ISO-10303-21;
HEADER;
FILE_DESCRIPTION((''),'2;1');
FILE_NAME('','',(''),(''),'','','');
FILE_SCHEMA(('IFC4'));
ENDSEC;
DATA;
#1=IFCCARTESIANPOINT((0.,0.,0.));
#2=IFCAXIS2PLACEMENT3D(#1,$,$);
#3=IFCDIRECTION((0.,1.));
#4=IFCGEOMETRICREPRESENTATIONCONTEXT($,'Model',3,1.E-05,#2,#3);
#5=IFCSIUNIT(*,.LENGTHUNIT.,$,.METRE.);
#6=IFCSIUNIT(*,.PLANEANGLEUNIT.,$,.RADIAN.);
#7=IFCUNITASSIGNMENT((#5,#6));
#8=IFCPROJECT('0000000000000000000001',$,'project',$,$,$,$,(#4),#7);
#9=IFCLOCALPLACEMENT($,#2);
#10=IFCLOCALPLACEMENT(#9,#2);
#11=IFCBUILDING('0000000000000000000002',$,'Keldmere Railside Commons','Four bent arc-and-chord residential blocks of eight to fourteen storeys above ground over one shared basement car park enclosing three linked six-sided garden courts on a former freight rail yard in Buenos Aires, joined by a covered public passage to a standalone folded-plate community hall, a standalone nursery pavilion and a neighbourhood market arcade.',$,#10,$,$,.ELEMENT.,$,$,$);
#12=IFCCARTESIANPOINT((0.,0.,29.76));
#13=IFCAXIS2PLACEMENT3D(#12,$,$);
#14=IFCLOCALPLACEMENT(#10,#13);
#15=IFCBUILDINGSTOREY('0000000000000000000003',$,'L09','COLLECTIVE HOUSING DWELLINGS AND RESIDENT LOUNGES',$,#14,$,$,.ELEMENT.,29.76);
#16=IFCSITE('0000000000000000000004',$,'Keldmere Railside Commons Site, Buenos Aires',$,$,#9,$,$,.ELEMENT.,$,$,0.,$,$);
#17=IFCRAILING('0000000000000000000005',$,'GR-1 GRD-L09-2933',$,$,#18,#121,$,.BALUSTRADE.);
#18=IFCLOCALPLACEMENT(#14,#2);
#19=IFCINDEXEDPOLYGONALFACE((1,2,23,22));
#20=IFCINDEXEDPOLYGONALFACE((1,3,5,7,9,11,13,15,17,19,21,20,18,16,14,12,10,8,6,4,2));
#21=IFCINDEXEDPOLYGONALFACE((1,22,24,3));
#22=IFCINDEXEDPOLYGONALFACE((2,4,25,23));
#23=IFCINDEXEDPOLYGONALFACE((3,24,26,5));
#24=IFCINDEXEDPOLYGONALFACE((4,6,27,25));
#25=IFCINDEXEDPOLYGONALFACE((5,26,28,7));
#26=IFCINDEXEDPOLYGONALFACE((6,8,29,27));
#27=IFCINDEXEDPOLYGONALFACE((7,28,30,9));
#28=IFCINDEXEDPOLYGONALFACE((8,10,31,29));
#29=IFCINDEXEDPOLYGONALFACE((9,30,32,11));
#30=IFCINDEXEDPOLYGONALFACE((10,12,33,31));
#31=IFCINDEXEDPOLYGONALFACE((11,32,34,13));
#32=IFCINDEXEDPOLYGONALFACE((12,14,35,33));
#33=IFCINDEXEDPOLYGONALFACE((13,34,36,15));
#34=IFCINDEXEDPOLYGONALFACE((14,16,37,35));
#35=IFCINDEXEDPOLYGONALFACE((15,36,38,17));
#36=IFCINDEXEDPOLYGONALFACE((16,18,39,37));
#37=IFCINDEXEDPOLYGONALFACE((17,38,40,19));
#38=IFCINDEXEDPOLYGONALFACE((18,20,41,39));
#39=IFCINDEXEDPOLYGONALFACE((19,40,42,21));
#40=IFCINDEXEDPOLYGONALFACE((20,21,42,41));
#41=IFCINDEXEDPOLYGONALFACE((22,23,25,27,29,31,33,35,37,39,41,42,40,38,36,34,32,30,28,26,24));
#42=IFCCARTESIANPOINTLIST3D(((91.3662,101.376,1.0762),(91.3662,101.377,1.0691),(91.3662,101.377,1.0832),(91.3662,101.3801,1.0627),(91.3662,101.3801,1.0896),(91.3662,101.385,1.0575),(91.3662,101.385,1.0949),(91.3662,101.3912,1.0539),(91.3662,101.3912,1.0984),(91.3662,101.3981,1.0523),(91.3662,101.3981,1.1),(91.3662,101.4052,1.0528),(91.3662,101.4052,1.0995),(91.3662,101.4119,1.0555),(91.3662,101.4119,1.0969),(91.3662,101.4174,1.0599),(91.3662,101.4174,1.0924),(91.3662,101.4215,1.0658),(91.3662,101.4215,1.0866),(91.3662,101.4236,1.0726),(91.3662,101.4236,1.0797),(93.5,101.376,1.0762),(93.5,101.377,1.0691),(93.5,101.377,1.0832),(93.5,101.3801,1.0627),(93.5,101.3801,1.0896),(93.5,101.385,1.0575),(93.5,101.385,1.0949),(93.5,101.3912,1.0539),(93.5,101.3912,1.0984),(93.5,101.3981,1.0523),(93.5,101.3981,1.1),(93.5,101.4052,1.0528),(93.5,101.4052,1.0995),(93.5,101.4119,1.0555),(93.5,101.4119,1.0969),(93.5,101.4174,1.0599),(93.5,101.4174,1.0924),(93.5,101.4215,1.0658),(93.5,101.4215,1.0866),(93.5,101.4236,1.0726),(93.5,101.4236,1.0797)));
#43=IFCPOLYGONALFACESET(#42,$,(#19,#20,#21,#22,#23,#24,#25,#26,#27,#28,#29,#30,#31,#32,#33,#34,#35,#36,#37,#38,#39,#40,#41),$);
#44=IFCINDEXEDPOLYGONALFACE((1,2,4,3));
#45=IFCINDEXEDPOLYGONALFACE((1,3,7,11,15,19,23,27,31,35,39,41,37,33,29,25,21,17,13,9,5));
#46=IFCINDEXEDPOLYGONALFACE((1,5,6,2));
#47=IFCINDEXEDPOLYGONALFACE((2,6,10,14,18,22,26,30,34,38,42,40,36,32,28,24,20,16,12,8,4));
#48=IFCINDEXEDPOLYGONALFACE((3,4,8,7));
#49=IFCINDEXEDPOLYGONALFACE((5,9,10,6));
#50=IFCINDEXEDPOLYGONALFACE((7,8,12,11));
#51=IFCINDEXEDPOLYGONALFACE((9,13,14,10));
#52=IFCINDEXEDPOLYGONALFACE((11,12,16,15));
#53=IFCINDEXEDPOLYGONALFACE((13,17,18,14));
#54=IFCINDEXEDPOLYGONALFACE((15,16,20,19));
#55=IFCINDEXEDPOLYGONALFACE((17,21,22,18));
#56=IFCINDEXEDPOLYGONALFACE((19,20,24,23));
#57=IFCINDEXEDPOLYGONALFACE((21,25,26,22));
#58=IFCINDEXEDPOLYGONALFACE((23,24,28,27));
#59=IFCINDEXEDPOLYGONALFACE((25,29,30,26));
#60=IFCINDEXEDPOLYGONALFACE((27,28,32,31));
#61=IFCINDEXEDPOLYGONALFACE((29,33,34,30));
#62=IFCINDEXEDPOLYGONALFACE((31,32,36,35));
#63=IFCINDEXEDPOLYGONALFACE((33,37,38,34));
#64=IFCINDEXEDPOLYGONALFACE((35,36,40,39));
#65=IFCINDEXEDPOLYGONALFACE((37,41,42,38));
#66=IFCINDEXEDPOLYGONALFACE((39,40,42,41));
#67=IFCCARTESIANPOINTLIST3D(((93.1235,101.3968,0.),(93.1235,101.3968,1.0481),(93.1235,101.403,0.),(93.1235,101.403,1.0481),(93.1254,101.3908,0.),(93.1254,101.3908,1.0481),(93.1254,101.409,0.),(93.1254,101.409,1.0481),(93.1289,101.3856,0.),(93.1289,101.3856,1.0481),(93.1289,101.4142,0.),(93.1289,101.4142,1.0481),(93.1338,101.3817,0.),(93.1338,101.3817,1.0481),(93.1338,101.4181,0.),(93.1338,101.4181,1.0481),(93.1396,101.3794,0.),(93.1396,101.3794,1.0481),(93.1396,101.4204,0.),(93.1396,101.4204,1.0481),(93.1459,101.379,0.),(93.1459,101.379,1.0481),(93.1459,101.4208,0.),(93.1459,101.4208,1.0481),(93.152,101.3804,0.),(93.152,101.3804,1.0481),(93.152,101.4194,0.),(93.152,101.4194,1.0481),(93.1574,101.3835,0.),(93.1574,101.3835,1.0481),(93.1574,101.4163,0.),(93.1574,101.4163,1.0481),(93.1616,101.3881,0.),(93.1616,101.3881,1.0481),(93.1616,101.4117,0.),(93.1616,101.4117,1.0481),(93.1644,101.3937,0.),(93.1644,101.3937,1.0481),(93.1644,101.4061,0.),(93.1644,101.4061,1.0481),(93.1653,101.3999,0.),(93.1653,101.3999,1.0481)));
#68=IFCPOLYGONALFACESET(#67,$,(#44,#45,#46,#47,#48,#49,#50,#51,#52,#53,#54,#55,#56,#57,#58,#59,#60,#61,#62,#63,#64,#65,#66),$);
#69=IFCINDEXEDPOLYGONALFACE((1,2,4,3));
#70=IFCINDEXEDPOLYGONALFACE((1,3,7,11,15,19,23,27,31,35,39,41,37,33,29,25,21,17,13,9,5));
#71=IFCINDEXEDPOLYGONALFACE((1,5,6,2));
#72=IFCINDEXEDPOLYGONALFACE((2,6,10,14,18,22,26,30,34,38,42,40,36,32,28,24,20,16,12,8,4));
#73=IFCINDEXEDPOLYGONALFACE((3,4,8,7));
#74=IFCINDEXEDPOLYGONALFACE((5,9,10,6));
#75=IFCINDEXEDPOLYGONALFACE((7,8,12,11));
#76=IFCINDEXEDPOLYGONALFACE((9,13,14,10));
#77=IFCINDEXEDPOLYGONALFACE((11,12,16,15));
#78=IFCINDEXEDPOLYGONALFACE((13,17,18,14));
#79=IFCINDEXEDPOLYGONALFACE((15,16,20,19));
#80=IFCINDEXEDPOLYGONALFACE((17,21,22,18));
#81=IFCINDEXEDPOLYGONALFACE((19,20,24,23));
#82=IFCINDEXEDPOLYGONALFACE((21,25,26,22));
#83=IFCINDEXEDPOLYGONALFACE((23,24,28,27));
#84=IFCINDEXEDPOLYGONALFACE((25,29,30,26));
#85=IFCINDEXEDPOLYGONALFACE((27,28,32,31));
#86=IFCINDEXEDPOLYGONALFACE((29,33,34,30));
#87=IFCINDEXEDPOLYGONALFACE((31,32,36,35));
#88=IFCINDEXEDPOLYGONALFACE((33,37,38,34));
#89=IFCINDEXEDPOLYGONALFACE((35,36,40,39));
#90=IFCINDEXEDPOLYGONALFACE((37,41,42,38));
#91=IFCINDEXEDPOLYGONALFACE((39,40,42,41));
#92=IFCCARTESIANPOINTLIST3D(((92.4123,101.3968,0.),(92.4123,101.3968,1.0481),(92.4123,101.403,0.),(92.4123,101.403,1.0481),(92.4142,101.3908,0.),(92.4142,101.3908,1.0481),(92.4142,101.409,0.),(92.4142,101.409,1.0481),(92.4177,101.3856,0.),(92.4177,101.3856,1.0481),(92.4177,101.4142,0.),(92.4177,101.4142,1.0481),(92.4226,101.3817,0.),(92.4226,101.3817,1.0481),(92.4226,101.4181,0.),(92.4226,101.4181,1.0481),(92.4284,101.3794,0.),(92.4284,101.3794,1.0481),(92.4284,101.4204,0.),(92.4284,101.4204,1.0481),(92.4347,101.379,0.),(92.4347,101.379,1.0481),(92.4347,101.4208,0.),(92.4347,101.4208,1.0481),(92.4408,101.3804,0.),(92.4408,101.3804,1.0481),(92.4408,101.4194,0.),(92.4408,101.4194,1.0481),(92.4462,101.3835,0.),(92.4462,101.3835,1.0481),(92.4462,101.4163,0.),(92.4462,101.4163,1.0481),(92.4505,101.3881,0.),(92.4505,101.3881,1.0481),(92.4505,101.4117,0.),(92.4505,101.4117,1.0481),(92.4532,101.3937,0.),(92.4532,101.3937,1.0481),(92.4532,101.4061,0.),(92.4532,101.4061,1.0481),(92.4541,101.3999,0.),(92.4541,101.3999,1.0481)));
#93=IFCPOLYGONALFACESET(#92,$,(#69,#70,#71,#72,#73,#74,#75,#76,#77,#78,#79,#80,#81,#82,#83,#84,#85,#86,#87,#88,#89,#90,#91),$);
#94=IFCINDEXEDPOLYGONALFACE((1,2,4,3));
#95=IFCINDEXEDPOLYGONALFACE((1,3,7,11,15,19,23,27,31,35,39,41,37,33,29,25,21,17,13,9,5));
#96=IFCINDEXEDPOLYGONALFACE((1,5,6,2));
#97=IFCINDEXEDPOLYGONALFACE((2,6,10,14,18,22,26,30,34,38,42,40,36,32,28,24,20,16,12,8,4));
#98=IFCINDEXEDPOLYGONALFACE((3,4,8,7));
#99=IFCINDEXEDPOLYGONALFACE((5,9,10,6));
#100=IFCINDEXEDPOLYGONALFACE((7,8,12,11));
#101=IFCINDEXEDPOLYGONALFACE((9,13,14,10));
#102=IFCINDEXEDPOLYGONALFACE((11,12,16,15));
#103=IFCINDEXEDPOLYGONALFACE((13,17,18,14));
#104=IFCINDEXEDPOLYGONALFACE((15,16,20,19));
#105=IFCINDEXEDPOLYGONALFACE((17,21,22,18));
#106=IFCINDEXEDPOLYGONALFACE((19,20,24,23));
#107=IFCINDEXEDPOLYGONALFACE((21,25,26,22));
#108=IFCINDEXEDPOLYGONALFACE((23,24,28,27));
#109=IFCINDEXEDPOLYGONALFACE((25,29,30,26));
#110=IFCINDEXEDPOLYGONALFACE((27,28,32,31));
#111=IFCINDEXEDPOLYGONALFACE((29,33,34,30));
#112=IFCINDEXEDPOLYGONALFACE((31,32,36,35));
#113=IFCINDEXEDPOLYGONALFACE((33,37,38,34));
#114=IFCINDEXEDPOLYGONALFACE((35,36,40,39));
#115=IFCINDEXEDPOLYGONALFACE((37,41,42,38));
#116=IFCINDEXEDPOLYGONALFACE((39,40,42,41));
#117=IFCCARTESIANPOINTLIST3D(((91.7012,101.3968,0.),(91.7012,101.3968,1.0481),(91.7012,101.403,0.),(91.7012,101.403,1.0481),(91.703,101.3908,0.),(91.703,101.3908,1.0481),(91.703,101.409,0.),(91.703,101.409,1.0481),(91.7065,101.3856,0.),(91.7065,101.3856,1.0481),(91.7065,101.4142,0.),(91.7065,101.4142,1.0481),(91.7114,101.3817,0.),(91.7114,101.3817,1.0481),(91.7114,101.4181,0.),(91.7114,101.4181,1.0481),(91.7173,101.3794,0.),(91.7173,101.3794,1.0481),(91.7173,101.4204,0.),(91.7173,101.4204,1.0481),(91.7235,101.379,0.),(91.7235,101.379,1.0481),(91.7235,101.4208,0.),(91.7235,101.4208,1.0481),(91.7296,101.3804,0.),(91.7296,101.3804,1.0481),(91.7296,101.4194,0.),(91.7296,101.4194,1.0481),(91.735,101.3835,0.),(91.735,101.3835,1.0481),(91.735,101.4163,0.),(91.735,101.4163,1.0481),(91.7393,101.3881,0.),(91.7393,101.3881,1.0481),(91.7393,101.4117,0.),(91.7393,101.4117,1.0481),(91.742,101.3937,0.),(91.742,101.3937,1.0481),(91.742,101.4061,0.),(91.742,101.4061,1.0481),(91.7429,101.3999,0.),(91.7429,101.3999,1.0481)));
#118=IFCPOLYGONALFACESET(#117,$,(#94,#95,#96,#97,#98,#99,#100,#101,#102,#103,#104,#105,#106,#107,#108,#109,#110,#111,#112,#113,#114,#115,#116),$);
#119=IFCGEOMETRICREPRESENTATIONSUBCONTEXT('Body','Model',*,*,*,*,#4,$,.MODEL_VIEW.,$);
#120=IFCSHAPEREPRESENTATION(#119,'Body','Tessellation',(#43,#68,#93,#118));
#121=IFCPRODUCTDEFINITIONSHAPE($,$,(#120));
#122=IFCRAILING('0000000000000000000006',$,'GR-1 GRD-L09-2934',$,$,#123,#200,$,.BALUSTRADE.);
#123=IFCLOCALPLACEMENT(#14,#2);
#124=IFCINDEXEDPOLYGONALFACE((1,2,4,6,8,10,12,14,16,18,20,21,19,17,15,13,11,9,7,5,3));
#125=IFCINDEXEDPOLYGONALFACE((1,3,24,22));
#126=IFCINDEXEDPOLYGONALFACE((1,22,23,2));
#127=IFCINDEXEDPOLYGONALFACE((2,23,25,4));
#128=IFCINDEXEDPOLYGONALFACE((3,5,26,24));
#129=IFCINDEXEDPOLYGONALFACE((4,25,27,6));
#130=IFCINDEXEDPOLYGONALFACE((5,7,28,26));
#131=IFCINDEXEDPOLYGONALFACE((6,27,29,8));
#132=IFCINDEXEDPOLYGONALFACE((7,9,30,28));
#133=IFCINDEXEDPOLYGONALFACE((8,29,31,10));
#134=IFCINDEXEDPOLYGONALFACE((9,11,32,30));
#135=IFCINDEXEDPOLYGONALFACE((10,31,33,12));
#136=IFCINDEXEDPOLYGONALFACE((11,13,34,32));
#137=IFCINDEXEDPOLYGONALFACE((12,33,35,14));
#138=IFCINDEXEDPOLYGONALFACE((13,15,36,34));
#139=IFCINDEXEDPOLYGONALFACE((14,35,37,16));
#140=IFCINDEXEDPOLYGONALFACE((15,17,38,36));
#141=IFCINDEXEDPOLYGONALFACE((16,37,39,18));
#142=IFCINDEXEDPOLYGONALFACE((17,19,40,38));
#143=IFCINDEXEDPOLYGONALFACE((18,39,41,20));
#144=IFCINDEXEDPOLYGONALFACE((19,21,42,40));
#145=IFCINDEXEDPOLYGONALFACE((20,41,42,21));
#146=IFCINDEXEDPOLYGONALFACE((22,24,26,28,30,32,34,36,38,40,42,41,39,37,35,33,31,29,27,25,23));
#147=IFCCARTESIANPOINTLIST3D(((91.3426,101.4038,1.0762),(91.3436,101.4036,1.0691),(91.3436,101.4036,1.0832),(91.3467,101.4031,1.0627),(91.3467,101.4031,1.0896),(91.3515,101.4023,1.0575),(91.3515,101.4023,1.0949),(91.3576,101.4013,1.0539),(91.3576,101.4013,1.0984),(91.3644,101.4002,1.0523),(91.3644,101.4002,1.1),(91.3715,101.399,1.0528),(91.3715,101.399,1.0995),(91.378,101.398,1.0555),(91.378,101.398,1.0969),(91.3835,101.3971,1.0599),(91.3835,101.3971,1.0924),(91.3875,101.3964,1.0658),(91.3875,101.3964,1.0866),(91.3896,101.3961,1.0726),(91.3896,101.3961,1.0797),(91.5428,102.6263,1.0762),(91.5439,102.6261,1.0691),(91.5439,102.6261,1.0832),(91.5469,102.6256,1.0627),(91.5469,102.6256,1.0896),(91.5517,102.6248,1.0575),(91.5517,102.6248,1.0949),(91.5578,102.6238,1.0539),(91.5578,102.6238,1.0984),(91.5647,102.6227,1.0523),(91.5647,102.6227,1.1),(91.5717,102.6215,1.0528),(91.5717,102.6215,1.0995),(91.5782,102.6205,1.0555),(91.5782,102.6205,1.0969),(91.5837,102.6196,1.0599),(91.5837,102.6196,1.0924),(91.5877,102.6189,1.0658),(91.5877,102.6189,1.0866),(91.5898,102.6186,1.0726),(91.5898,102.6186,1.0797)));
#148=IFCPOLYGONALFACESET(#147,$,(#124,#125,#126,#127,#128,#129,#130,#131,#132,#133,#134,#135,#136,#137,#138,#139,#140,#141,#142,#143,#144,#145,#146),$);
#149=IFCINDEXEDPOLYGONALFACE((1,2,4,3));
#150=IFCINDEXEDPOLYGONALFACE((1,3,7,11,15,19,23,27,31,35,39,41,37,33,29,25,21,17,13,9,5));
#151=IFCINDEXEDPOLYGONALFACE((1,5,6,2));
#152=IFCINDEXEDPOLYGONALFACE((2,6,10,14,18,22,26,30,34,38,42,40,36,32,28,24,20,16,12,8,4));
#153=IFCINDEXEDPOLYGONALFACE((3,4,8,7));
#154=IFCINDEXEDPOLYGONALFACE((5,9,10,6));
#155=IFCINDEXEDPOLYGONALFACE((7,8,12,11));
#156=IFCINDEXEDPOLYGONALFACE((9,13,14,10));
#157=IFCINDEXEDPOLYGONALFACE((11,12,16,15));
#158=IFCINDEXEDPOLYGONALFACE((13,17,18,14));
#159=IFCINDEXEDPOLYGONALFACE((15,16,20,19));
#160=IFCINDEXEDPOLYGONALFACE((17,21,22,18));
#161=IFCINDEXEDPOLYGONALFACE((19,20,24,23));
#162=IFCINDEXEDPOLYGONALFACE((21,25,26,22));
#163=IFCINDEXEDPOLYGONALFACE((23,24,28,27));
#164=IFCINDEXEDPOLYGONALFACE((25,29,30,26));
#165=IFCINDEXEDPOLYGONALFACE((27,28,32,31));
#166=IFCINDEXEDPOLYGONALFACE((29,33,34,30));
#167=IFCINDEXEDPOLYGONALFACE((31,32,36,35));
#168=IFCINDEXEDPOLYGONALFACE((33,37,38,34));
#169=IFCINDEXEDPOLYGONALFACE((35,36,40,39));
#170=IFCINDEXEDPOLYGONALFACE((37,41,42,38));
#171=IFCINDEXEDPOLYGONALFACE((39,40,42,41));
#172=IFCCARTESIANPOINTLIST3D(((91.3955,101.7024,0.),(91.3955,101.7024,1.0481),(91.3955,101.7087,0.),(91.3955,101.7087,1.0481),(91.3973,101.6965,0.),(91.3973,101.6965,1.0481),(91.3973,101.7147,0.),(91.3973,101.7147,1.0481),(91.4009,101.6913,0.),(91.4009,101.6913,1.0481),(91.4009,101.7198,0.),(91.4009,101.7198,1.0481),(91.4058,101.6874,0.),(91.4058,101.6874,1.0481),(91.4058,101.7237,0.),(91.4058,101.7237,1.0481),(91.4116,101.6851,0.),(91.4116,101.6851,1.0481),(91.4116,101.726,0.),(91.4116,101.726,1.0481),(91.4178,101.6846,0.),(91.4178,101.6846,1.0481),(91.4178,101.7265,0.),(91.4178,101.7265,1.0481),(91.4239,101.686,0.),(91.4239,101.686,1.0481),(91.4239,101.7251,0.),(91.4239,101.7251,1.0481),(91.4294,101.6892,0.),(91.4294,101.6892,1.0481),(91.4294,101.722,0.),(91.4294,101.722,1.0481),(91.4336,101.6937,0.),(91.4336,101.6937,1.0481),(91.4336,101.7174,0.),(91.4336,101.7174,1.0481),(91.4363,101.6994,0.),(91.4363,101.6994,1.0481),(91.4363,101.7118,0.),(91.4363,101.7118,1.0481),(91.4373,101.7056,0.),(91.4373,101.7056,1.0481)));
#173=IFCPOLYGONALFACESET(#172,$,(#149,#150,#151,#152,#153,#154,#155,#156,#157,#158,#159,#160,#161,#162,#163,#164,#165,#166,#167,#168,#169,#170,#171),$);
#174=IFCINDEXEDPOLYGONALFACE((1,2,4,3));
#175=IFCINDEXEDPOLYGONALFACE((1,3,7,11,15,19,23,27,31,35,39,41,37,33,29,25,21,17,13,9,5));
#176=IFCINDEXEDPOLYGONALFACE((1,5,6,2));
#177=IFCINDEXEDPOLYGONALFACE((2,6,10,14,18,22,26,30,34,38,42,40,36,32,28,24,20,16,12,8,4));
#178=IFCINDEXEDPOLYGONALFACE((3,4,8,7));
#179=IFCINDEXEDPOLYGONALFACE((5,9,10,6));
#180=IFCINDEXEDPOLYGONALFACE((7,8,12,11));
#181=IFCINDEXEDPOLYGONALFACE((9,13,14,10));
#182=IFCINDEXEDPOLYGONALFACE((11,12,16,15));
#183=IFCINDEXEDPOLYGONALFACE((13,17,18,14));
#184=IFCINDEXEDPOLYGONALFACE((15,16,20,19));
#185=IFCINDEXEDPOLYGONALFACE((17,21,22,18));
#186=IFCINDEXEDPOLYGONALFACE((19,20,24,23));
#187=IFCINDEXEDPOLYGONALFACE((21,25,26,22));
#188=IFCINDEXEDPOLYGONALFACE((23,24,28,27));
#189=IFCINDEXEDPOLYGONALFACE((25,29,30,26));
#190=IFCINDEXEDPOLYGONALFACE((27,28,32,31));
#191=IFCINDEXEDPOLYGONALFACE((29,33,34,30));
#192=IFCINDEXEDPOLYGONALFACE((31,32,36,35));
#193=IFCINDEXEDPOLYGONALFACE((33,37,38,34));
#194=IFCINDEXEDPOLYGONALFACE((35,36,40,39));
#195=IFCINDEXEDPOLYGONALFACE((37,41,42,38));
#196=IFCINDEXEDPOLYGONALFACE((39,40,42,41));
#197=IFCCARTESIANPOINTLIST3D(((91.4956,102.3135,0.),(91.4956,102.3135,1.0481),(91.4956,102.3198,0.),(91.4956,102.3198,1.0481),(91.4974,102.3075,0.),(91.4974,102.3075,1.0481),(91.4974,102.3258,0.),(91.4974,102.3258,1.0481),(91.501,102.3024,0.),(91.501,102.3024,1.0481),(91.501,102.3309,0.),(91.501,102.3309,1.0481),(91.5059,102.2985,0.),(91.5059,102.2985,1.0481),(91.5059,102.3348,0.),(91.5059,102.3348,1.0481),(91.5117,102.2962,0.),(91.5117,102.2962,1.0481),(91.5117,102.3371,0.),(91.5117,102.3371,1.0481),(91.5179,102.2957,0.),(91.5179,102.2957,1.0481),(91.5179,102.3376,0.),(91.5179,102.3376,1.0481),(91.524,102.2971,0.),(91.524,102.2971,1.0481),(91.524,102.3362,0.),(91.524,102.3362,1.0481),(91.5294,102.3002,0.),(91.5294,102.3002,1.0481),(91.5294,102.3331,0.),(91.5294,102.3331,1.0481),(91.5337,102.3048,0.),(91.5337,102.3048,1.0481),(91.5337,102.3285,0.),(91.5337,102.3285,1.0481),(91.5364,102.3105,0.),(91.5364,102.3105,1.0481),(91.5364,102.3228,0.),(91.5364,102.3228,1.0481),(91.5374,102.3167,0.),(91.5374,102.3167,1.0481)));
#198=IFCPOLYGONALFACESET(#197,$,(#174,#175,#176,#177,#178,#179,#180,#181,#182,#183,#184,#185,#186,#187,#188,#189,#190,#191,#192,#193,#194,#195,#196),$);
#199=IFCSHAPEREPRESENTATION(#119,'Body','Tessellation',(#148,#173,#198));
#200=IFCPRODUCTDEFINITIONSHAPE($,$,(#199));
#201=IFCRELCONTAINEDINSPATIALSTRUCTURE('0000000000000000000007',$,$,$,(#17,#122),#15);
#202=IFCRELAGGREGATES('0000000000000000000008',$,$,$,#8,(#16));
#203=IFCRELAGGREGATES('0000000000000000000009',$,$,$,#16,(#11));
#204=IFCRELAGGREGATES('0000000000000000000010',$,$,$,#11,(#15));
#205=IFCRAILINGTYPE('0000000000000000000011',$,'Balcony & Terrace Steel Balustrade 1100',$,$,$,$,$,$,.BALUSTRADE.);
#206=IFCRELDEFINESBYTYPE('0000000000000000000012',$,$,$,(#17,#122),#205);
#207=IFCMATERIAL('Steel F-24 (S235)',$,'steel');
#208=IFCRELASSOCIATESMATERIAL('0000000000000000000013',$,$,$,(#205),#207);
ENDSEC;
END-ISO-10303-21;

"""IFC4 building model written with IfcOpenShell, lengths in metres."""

from ifc_helpers import new_model, si_unit, direction, frame, origin, origin_2d, place, context, subcontext, project, spatial, circle, extrude, material, type_object, element, save


model = new_model("IFC4")

# Units and contexts
model_context = context("Model", 3, precision=1e-05, world=origin(), true_north=direction((0.0, 1.0)))
body_context = subcontext(model_context, "Body", "Model", "MODEL_VIEW")
ifc_project = project(units=[si_unit("LENGTHUNIT", "METRE"), si_unit("PLANEANGLEUNIT", "RADIAN")], contexts=[model_context])

# Site, building, storey
site_placement = place(None, origin())
site = spatial("IfcSite", under=ifc_project, at=site_placement, Name="Keldmere Railside Commons Site, Buenos Aires", CompositionType="ELEMENT", RefElevation=0.0)
building_placement = place(site_placement, origin())
building = spatial("IfcBuilding", under=site, at=building_placement, Name="Keldmere Railside Commons", Description="Four bent arc-and-chord residential blocks of eight to fourteen storeys above ground over one shared basement car park enclosing three linked six-sided garden courts on a former freight rail yard in Buenos Aires, joined by a covered public passage to a standalone folded-plate community hall, a standalone nursery pavilion and a neighbourhood market arcade.", CompositionType="ELEMENT")
storey_placement = place(building_placement, frame((0.0, 0.0, 29.76)))
storey = spatial("IfcBuildingStorey", under=building, at=storey_placement, Name="L09", Description="COLLECTIVE HOUSING DWELLINGS AND RESIDENT LOUNGES", CompositionType="ELEMENT", Elevation=29.76)

# Railings
ifc_material_1 = material(Name="Steel F-24 (S235)", Category="steel")
railing_type = type_object("IfcRailingType", Name="Balcony & Terrace Steel Balustrade 1100", PredefinedType="BALUSTRADE", material=ifc_material_1)
railing_1_placement = place(storey_placement, frame((93.5, 101.3999, 0.0)))
element("IfcRailing", 1, at=railing_1_placement, inside=storey, type_object=railing_type, Name="GR-1 GRD-L09-2933", PredefinedType="BALUSTRADE", context=body_context, shape_type="SweptSolid", body=[
    extrude(circle(Radius=0.0239, at=origin_2d()), frame((0.0, 0.0, 1.0762), z_axis=(-1.0, 0.0, 0.0), x_axis=(0.0, -1.0, 0.0)), (0.0, 0.0, 1.0), 2.1338),
    extrude(circle(Radius=0.021, at=origin_2d()), frame((-0.3557, 0.0, 0.0)), (0.0, 0.0, 1.0), 1.0481),
    extrude(circle(Radius=0.021, at=origin_2d()), frame((-1.0669, 0.0, 0.0)), (0.0, 0.0, 1.0), 1.0481),
    extrude(circle(Radius=0.021, at=origin_2d()), frame((-1.7781, 0.0, 0.0)), (0.0, 0.0, 1.0), 1.0481),
])
railing_2_placement = place(storey_placement, frame((91.3662, 101.3999, 0.0)))
element("IfcRailing", 2, at=railing_2_placement, inside=storey, type_object=railing_type, Name="GR-1 GRD-L09-2934", PredefinedType="BALUSTRADE", context=body_context, shape_type="SweptSolid", body=[
    extrude(circle(Radius=0.0239, at=origin_2d()), frame((0.0, 0.0, 1.0762), z_axis=(0.161618, 0.986853, 0.0), x_axis=(-0.986853, 0.161618, 0.0)), (0.0, 0.0, 1.0), 1.2388),
    extrude(circle(Radius=0.021, at=origin_2d()), frame((0.05, 0.3057, 0.0)), (0.0, 0.0, 1.0), 1.0481),
    extrude(circle(Radius=0.021, at=origin_2d()), frame((0.1501, 0.9167, 0.0)), (0.0, 0.0, 1.0), 1.0481),
])

save(model, "model.ifc")
